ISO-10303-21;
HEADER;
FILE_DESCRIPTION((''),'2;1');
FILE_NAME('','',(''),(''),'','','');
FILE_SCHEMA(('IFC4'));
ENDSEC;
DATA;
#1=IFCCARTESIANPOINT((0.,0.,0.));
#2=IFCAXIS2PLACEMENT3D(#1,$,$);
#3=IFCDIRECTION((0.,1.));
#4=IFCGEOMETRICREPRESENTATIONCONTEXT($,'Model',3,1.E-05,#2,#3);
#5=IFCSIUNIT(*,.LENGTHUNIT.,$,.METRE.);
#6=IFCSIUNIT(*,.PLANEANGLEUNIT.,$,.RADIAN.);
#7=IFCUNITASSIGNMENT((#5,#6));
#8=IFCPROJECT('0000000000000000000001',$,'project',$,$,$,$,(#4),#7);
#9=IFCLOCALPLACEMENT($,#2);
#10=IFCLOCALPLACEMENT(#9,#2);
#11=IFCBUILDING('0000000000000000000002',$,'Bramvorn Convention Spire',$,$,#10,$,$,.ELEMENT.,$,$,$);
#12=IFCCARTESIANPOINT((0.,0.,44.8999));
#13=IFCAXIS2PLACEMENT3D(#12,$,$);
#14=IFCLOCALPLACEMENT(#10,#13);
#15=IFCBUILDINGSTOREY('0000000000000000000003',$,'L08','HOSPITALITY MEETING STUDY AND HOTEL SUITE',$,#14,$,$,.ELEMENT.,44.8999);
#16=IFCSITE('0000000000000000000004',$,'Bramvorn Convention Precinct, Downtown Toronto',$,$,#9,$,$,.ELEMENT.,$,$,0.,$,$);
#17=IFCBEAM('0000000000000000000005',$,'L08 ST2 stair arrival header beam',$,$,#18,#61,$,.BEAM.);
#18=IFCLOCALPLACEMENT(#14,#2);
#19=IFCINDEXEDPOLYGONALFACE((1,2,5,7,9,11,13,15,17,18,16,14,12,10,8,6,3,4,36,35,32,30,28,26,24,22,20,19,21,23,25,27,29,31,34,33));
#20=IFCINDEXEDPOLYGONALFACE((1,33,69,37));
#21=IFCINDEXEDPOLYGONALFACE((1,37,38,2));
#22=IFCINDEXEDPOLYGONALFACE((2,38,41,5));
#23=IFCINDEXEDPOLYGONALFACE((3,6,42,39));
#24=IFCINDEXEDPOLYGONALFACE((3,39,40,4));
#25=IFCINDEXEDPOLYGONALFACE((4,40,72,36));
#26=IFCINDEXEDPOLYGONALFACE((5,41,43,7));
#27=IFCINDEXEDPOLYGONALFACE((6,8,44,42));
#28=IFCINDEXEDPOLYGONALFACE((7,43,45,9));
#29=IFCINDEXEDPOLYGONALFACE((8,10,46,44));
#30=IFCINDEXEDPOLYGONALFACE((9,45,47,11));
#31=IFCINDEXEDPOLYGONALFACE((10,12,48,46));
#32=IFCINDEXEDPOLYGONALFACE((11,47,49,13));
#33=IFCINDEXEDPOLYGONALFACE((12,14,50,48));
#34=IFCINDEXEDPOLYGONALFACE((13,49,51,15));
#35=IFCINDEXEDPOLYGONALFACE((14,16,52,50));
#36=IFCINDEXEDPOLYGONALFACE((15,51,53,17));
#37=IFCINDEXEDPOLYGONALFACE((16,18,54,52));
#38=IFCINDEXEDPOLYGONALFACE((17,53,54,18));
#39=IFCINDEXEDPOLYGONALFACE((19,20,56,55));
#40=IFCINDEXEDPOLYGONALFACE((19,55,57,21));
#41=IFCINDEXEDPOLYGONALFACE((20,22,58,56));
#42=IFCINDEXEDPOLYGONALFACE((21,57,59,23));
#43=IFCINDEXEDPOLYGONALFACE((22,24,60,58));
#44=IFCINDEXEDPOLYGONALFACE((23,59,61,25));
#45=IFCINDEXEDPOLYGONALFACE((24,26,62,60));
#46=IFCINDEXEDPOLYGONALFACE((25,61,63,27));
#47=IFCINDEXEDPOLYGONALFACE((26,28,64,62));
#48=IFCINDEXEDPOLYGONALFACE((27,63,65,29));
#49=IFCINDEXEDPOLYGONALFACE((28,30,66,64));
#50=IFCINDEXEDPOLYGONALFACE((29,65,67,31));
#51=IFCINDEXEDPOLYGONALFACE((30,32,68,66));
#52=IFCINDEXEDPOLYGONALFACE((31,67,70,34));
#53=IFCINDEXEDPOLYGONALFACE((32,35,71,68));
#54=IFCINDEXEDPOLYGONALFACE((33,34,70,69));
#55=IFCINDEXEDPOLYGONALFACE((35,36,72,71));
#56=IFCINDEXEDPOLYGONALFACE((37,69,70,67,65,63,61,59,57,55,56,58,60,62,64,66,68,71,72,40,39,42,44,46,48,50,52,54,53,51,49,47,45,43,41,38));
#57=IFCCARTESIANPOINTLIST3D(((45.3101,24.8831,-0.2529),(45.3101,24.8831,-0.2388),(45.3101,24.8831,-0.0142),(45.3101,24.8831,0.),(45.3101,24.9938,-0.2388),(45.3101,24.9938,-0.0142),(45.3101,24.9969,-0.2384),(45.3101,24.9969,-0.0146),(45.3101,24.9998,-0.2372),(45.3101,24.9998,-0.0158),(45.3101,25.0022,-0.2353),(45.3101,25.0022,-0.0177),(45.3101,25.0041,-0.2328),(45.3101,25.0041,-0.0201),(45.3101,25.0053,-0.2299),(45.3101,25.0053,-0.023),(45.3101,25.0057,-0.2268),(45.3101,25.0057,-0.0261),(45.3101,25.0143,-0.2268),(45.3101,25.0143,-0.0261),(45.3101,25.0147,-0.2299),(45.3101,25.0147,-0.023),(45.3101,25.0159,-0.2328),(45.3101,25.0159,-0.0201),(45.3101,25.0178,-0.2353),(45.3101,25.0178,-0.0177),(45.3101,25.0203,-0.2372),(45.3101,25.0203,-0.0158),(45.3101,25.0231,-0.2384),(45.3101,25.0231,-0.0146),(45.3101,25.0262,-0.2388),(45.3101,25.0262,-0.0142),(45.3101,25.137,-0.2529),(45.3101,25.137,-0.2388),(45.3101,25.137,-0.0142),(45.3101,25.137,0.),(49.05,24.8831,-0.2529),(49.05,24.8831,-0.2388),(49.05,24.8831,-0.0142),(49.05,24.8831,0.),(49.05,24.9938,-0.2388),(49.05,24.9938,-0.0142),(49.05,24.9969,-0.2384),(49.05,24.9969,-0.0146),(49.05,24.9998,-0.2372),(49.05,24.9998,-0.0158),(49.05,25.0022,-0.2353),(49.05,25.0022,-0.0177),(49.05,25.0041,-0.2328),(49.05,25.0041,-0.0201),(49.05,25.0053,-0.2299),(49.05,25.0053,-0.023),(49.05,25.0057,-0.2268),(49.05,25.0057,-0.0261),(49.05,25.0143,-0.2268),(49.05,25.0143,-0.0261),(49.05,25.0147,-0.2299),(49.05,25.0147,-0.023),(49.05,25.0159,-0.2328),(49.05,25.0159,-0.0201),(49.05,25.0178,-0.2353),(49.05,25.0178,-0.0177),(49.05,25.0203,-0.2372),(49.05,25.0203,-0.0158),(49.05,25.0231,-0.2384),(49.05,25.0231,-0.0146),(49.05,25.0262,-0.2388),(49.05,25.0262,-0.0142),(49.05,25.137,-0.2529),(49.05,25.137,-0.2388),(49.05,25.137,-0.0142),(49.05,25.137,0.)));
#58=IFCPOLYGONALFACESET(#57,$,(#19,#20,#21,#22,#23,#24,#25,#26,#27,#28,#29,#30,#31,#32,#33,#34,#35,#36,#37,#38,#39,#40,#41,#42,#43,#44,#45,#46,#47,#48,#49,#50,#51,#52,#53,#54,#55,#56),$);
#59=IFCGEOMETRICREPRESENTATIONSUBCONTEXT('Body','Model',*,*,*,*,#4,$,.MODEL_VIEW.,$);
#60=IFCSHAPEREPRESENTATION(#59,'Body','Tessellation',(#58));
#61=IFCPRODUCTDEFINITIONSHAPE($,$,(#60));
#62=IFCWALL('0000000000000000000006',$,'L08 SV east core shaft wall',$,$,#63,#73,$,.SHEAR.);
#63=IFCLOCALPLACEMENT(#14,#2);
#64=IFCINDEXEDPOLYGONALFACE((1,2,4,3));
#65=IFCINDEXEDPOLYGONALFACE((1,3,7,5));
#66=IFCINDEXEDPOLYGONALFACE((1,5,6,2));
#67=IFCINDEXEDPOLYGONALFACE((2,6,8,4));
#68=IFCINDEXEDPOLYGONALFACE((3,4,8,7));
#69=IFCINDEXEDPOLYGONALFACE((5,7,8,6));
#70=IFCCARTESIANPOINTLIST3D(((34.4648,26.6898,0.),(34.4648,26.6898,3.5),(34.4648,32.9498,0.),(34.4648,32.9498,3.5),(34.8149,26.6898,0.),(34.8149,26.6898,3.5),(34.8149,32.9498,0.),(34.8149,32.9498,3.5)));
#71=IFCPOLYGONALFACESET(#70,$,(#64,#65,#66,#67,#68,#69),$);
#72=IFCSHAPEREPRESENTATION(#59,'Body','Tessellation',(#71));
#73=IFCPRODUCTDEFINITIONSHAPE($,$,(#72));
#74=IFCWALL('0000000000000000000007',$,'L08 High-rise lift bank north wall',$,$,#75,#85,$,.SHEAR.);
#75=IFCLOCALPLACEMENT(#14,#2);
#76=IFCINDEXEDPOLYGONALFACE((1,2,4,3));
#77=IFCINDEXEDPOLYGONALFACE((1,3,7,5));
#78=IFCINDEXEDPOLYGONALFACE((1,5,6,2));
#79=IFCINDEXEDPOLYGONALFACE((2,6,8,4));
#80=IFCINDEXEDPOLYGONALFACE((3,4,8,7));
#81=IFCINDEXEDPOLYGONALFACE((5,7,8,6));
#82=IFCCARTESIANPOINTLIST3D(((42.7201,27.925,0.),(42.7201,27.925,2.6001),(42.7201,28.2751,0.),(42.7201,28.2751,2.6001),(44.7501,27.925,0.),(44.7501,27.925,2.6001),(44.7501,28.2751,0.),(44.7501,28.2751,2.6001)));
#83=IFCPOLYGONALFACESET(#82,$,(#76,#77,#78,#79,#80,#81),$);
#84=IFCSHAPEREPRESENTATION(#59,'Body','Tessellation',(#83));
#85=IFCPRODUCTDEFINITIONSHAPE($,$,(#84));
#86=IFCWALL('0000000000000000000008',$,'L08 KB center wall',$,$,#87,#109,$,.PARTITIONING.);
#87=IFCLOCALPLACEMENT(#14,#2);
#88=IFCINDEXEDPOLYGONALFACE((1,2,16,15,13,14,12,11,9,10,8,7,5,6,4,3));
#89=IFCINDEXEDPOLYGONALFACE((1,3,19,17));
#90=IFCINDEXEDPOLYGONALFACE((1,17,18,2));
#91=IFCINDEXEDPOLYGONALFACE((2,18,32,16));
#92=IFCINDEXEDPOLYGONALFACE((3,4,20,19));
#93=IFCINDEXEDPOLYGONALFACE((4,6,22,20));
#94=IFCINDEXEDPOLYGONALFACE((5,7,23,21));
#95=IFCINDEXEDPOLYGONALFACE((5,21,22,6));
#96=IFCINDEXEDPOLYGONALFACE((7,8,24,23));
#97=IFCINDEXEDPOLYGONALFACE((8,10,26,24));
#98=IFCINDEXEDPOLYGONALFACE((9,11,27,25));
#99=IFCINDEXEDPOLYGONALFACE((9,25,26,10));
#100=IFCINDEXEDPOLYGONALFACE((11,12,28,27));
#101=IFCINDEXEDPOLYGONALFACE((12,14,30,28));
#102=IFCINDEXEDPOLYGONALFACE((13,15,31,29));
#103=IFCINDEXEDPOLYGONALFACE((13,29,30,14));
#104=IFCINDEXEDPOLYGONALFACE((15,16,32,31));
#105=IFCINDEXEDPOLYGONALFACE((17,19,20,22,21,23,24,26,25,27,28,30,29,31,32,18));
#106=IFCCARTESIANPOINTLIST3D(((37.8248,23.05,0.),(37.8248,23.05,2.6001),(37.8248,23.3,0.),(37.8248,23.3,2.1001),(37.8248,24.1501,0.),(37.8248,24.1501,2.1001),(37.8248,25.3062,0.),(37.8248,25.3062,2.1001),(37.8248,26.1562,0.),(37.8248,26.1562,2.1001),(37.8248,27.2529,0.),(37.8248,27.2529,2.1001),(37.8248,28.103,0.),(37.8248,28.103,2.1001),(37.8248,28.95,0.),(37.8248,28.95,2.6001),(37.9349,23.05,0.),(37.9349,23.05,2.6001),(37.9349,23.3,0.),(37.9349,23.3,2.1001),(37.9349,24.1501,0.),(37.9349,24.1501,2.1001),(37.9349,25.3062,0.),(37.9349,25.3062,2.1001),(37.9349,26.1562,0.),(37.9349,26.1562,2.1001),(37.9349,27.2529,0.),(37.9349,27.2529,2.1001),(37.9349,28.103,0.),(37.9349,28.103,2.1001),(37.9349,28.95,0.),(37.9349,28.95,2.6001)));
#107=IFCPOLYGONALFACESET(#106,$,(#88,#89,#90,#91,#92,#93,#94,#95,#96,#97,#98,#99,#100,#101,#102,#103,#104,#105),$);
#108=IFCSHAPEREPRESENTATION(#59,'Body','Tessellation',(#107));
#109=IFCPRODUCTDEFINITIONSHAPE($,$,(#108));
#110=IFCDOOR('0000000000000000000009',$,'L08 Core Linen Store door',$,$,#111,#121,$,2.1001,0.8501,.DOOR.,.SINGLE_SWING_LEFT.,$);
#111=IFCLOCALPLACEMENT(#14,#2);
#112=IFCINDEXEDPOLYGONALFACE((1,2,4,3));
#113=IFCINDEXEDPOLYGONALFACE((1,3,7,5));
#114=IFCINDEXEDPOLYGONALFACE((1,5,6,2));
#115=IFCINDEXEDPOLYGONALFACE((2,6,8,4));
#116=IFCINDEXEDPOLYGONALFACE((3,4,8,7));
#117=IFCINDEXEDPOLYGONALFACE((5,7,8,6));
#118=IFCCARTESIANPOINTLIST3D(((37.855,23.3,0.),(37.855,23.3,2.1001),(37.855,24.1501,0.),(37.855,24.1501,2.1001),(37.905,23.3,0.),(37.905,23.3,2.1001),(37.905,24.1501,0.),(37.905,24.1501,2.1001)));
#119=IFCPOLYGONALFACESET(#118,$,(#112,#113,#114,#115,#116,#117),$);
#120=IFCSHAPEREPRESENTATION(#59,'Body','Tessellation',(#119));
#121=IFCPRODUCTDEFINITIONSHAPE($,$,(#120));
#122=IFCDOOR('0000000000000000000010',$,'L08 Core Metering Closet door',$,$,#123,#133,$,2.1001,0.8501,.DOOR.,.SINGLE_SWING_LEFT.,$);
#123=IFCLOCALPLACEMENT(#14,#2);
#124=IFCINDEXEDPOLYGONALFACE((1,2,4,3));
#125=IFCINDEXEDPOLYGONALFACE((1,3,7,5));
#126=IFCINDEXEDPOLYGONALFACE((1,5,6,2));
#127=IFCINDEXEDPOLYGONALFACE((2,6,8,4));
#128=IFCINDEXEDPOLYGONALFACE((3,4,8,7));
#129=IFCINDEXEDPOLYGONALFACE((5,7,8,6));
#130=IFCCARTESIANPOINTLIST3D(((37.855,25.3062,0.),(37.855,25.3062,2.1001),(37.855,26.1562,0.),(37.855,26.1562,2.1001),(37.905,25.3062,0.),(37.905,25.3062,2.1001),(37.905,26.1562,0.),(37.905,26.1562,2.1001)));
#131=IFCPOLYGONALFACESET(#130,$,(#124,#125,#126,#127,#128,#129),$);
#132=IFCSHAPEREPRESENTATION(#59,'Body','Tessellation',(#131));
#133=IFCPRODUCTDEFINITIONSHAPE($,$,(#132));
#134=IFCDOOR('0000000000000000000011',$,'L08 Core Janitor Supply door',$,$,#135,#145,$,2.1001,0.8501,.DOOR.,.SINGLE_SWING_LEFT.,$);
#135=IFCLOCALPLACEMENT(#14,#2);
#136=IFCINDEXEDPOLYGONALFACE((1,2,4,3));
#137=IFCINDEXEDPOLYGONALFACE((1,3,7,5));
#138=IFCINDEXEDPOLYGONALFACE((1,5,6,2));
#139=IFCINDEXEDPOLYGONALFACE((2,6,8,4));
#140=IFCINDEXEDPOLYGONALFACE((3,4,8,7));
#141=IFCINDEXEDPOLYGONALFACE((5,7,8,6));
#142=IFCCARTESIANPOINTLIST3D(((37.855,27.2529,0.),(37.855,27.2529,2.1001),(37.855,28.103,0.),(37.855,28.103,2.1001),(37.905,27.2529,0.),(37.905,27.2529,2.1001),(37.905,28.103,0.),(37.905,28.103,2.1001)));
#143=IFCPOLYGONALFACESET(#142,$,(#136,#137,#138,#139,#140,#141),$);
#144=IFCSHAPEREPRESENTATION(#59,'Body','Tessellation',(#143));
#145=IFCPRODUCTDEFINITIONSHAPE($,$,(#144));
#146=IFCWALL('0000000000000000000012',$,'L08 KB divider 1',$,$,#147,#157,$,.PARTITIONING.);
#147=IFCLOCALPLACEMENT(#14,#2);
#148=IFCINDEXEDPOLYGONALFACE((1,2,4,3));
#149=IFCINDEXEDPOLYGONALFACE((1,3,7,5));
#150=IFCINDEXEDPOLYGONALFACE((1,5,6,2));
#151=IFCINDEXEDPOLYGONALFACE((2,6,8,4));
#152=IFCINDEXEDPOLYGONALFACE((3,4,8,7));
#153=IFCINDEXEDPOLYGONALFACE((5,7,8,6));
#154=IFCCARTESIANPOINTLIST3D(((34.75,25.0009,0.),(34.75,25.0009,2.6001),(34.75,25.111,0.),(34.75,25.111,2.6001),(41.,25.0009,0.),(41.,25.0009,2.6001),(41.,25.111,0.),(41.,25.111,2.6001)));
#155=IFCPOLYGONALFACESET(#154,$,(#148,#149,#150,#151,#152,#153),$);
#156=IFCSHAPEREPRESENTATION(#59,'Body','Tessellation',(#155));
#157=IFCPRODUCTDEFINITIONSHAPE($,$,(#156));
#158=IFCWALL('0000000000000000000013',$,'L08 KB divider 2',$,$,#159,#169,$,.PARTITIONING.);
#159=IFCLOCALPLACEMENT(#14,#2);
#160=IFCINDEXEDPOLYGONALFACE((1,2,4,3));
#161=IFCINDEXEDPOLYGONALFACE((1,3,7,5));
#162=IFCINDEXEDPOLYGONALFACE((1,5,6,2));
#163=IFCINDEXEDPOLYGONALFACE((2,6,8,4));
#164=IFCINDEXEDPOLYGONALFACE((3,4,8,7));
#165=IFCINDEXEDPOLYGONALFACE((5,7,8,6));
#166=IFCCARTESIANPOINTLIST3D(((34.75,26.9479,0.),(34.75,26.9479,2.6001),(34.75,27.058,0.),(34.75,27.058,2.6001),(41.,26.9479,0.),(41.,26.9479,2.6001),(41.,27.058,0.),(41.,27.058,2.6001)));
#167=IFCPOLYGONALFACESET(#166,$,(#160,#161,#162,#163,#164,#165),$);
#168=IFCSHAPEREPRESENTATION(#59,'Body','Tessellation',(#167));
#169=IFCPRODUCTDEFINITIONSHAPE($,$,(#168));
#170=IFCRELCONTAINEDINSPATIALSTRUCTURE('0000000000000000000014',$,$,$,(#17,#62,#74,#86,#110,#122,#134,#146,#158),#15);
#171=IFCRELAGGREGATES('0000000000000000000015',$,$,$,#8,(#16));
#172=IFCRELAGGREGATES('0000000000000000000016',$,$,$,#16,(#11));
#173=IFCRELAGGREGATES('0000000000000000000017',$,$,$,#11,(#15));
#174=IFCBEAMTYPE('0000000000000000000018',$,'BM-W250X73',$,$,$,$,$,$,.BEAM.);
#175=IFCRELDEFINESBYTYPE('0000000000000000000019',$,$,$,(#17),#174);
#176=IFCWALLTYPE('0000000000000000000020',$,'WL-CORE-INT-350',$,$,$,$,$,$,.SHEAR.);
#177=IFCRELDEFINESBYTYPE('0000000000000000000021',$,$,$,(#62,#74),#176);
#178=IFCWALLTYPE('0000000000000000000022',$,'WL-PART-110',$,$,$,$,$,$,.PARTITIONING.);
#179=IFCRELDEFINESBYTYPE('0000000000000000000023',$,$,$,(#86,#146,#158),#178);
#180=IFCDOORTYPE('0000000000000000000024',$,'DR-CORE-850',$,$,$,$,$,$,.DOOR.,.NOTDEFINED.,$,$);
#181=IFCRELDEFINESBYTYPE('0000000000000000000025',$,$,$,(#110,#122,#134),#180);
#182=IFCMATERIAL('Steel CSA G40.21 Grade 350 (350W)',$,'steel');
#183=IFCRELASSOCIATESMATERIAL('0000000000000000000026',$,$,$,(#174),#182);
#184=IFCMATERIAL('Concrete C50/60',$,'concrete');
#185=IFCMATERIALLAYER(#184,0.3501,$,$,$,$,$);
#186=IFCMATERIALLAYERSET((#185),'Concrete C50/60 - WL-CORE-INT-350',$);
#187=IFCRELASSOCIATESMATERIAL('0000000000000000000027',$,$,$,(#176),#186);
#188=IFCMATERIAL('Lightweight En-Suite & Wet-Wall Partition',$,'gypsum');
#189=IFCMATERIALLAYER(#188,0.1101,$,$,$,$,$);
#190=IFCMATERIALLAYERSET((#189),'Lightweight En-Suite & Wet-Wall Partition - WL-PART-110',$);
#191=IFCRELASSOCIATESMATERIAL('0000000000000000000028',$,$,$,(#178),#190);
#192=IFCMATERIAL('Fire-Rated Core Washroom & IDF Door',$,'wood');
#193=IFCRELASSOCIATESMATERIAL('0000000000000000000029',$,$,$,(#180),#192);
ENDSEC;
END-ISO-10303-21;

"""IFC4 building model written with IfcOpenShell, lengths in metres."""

from ifc_helpers import new_model, si_unit, direction, frame, frame_2d, origin, origin_2d, place, context, subcontext, project, spatial, rectangle, i_section, extrude, material, layer, layer_set, material_profile, profile_set, type_object, element, fill, save


model = new_model("IFC4")

# Units and contexts
model_context = context("Model", 3, precision=1e-05, world=origin(), true_north=direction((0.0, 1.0)))
body_context = subcontext(model_context, "Body", "Model", "MODEL_VIEW")
ifc_project = project(units=[si_unit("LENGTHUNIT", "METRE"), si_unit("PLANEANGLEUNIT", "RADIAN")], contexts=[model_context])

# Site, building, storey
site_placement = place(None, origin())
site = spatial("IfcSite", under=ifc_project, at=site_placement, Name="Bramvorn Convention Precinct, Downtown Toronto", CompositionType="ELEMENT", RefElevation=0.0)
building_placement = place(site_placement, origin())
building = spatial("IfcBuilding", under=site, at=building_placement, Name="Bramvorn Convention Spire", CompositionType="ELEMENT")
storey_placement = place(building_placement, frame((0.0, 0.0, 44.8999)))
storey = spatial("IfcBuildingStorey", under=building, at=storey_placement, Name="L08", Description="HOSPITALITY MEETING STUDY AND HOTEL SUITE", CompositionType="ELEMENT", Elevation=44.8999)

# Beam
ifc_material_1 = material(Name="Steel CSA G40.21 Grade 350 (350W)", Category="steel")
ifc_material_profile = material_profile(ifc_material_1, i_section(OverallWidth=0.2539, OverallDepth=0.2529, WebThickness=0.0085, FlangeThickness=0.0142, FilletRadius=0.012, at=origin_2d()))
ifc_profile_set = profile_set([ifc_material_profile], Name="Steel CSA G40.21 Grade 350 (350W) - W250X73")
beam_type = type_object("IfcBeamType", Name="BM-W250X73", PredefinedType="BEAM", material=ifc_profile_set)
beam_placement = place(storey_placement, frame((45.3101, 25.01, -0.1265), z_axis=(1.0, 0.0, 0.0), x_axis=(0.0, 1.0, 0.0)))
element("IfcBeam", 1, at=beam_placement, inside=storey, type_object=beam_type, Name="L08 ST2 stair arrival header beam", PredefinedType="BEAM", context=body_context, shape_type="SweptSolid", body=[
    extrude(i_section(OverallWidth=0.2539, OverallDepth=0.2529, WebThickness=0.0085, FlangeThickness=0.0142, FilletRadius=0.012, at=origin_2d()), origin(), (0.0, 0.0, 1.0), 3.74),
])

# Walls
ifc_material_2 = material(Name="Concrete C50/60", Category="concrete")
ifc_layer_1 = layer(ifc_material_2, 0.3501)
ifc_layer_set_1 = layer_set([ifc_layer_1], Name="Concrete C50/60 - WL-CORE-INT-350")
wall_type_1 = type_object("IfcWallType", Name="WL-CORE-INT-350", PredefinedType="SHEAR", material=ifc_layer_set_1)
wall_1_placement = place(storey_placement, frame((34.6399, 26.6899, 0.0), z_axis=(0.0, 0.0, 1.0), x_axis=(0.0, 1.0, 0.0)))
element("IfcWall", 2, at=wall_1_placement, inside=storey, type_object=wall_type_1, Name="L08 SV east core shaft wall", PredefinedType="SHEAR", context=body_context, shape_type="SweptSolid", body=[
    extrude(rectangle(XDim=6.26, YDim=0.3501, at=frame_2d((3.1299, 0.0))), origin(), (0.0, 0.0, 1.0), 3.5),
])
wall_2_placement = place(storey_placement, frame((42.72, 28.1001, 0.0), z_axis=(0.0, 0.0, 1.0), x_axis=(1.0, 0.0, 0.0)))
element("IfcWall", 3, at=wall_2_placement, inside=storey, type_object=wall_type_1, Name="L08 High-rise lift bank north wall", PredefinedType="SHEAR", context=body_context, shape_type="SweptSolid", body=[
    extrude(rectangle(XDim=2.03, YDim=0.3501, at=frame_2d((1.0151, 0.0))), origin(), (0.0, 0.0, 1.0), 2.6001),
])

# Wall, openings, doors
ifc_material_3 = material(Name="Lightweight En-Suite & Wet-Wall Partition", Category="gypsum")
ifc_layer_2 = layer(ifc_material_3, 0.1101)
ifc_layer_set_2 = layer_set([ifc_layer_2], Name="Lightweight En-Suite & Wet-Wall Partition - WL-PART-110")
wall_type_2 = type_object("IfcWallType", Name="WL-PART-110", PredefinedType="PARTITIONING", material=ifc_layer_set_2)
wall_3_placement = place(storey_placement, frame((37.8799, 23.05, 0.0), z_axis=(0.0, 0.0, 1.0), x_axis=(0.0, 1.0, 0.0)))
wall_3 = element("IfcWall", 4, at=wall_3_placement, inside=storey, type_object=wall_type_2, Name="L08 KB center wall", PredefinedType="PARTITIONING", context=body_context, shape_type="SweptSolid", body=[
    extrude(rectangle(XDim=5.8999, YDim=0.1101, at=frame_2d((2.95, 0.0))), origin(), (0.0, 0.0, 1.0), 2.6001),
])
opening_1_placement = place(wall_3_placement, frame((0.25, 0.0, 0.0)))
opening_1 = element("IfcOpeningElement", 5, at=opening_1_placement, cuts=wall_3, PredefinedType="OPENING", context=body_context, shape_type="SweptSolid", body=[
    extrude(rectangle(XDim=0.8501, YDim=2.1001, at=frame_2d((0.425, 1.05))), frame((0.0, 0.0649, 0.0), z_axis=(0.0, -1.0, 0.0), x_axis=(1.0, 0.0, 0.0)), (0.0, 0.0, 1.0), 0.1301),
])
opening_2_placement = place(wall_3_placement, frame((2.2561, 0.0, 0.0)))
opening_2 = element("IfcOpeningElement", 6, at=opening_2_placement, cuts=wall_3, PredefinedType="OPENING", context=body_context, shape_type="SweptSolid", body=[
    extrude(rectangle(XDim=0.8501, YDim=2.1001, at=frame_2d((0.425, 1.05))), frame((0.0, 0.0649, 0.0), z_axis=(0.0, -1.0, 0.0), x_axis=(1.0, 0.0, 0.0)), (0.0, 0.0, 1.0), 0.1301),
])
opening_3_placement = place(wall_3_placement, frame((4.2029, 0.0, 0.0)))
opening_3 = element("IfcOpeningElement", 7, at=opening_3_placement, cuts=wall_3, PredefinedType="OPENING", context=body_context, shape_type="SweptSolid", body=[
    extrude(rectangle(XDim=0.8501, YDim=2.1001, at=frame_2d((0.425, 1.05))), frame((0.0, 0.0649, 0.0), z_axis=(0.0, -1.0, 0.0), x_axis=(1.0, 0.0, 0.0)), (0.0, 0.0, 1.0), 0.1301),
])
ifc_material_4 = material(Name="Fire-Rated Core Washroom & IDF Door", Category="wood")
door_type_1 = type_object("IfcDoorType", Name="DR-CORE-850", OperationType="NOTDEFINED", PredefinedType="DOOR", material=ifc_material_4)
door_1_placement = place(opening_1_placement, origin())
door_1 = element("IfcDoor", 8, at=door_1_placement, inside=storey, type_object=door_type_1, Name="L08 Core Linen Store door", OperationType="SINGLE_SWING_LEFT", OverallHeight=2.1001, OverallWidth=0.8501, PredefinedType="DOOR", context=body_context, shape_type="SweptSolid", body=[
    extrude(rectangle(XDim=0.8501, YDim=2.1001, at=frame_2d((0.425, 1.05))), frame((0.0, 0.0249, 0.0), z_axis=(0.0, -1.0, 0.0), x_axis=(1.0, 0.0, 0.0)), (0.0, 0.0, 1.0), 0.05),
])
fill(opening_1, door_1)
door_2_placement = place(opening_2_placement, origin())
door_2 = element("IfcDoor", 9, at=door_2_placement, inside=storey, type_object=door_type_1, Name="L08 Core Metering Closet door", OperationType="SINGLE_SWING_LEFT", OverallHeight=2.1001, OverallWidth=0.8501, PredefinedType="DOOR", context=body_context, shape_type="SweptSolid", body=[
    extrude(rectangle(XDim=0.8501, YDim=2.1001, at=frame_2d((0.425, 1.05))), frame((0.0, 0.0249, 0.0), z_axis=(0.0, -1.0, 0.0), x_axis=(1.0, 0.0, 0.0)), (0.0, 0.0, 1.0), 0.05),
])
fill(opening_2, door_2)
door_3_placement = place(opening_3_placement, origin())
door_3 = element("IfcDoor", 10, at=door_3_placement, inside=storey, type_object=door_type_1, Name="L08 Core Janitor Supply door", OperationType="SINGLE_SWING_LEFT", OverallHeight=2.1001, OverallWidth=0.8501, PredefinedType="DOOR", context=body_context, shape_type="SweptSolid", body=[
    extrude(rectangle(XDim=0.8501, YDim=2.1001, at=frame_2d((0.425, 1.05))), frame((0.0, 0.0249, 0.0), z_axis=(0.0, -1.0, 0.0), x_axis=(1.0, 0.0, 0.0)), (0.0, 0.0, 1.0), 0.05),
])
fill(opening_3, door_3)

# Walls
for number, where, z_axis, x_axis, name in (
    (11, (34.75, 25.0559, 0.0), (0.0, 0.0, 1.0), (1.0, 0.0, 0.0), "L08 KB divider 1"),
    (12, (34.75, 27.0029, 0.0), (0.0, 0.0, 1.0), (1.0, 0.0, 0.0), "L08 KB divider 2"),
):
    element("IfcWall", number, at=place(storey_placement, frame(where, z_axis=z_axis, x_axis=x_axis)), inside=storey, type_object=wall_type_2, Name=name, PredefinedType="PARTITIONING", context=body_context, shape_type="SweptSolid", body=[
        extrude(rectangle(XDim=6.25, YDim=0.1101, at=frame_2d((3.125, 0.0))), origin(), (0.0, 0.0, 1.0), 2.6001),
    ])

save(model, "model.ifc")
